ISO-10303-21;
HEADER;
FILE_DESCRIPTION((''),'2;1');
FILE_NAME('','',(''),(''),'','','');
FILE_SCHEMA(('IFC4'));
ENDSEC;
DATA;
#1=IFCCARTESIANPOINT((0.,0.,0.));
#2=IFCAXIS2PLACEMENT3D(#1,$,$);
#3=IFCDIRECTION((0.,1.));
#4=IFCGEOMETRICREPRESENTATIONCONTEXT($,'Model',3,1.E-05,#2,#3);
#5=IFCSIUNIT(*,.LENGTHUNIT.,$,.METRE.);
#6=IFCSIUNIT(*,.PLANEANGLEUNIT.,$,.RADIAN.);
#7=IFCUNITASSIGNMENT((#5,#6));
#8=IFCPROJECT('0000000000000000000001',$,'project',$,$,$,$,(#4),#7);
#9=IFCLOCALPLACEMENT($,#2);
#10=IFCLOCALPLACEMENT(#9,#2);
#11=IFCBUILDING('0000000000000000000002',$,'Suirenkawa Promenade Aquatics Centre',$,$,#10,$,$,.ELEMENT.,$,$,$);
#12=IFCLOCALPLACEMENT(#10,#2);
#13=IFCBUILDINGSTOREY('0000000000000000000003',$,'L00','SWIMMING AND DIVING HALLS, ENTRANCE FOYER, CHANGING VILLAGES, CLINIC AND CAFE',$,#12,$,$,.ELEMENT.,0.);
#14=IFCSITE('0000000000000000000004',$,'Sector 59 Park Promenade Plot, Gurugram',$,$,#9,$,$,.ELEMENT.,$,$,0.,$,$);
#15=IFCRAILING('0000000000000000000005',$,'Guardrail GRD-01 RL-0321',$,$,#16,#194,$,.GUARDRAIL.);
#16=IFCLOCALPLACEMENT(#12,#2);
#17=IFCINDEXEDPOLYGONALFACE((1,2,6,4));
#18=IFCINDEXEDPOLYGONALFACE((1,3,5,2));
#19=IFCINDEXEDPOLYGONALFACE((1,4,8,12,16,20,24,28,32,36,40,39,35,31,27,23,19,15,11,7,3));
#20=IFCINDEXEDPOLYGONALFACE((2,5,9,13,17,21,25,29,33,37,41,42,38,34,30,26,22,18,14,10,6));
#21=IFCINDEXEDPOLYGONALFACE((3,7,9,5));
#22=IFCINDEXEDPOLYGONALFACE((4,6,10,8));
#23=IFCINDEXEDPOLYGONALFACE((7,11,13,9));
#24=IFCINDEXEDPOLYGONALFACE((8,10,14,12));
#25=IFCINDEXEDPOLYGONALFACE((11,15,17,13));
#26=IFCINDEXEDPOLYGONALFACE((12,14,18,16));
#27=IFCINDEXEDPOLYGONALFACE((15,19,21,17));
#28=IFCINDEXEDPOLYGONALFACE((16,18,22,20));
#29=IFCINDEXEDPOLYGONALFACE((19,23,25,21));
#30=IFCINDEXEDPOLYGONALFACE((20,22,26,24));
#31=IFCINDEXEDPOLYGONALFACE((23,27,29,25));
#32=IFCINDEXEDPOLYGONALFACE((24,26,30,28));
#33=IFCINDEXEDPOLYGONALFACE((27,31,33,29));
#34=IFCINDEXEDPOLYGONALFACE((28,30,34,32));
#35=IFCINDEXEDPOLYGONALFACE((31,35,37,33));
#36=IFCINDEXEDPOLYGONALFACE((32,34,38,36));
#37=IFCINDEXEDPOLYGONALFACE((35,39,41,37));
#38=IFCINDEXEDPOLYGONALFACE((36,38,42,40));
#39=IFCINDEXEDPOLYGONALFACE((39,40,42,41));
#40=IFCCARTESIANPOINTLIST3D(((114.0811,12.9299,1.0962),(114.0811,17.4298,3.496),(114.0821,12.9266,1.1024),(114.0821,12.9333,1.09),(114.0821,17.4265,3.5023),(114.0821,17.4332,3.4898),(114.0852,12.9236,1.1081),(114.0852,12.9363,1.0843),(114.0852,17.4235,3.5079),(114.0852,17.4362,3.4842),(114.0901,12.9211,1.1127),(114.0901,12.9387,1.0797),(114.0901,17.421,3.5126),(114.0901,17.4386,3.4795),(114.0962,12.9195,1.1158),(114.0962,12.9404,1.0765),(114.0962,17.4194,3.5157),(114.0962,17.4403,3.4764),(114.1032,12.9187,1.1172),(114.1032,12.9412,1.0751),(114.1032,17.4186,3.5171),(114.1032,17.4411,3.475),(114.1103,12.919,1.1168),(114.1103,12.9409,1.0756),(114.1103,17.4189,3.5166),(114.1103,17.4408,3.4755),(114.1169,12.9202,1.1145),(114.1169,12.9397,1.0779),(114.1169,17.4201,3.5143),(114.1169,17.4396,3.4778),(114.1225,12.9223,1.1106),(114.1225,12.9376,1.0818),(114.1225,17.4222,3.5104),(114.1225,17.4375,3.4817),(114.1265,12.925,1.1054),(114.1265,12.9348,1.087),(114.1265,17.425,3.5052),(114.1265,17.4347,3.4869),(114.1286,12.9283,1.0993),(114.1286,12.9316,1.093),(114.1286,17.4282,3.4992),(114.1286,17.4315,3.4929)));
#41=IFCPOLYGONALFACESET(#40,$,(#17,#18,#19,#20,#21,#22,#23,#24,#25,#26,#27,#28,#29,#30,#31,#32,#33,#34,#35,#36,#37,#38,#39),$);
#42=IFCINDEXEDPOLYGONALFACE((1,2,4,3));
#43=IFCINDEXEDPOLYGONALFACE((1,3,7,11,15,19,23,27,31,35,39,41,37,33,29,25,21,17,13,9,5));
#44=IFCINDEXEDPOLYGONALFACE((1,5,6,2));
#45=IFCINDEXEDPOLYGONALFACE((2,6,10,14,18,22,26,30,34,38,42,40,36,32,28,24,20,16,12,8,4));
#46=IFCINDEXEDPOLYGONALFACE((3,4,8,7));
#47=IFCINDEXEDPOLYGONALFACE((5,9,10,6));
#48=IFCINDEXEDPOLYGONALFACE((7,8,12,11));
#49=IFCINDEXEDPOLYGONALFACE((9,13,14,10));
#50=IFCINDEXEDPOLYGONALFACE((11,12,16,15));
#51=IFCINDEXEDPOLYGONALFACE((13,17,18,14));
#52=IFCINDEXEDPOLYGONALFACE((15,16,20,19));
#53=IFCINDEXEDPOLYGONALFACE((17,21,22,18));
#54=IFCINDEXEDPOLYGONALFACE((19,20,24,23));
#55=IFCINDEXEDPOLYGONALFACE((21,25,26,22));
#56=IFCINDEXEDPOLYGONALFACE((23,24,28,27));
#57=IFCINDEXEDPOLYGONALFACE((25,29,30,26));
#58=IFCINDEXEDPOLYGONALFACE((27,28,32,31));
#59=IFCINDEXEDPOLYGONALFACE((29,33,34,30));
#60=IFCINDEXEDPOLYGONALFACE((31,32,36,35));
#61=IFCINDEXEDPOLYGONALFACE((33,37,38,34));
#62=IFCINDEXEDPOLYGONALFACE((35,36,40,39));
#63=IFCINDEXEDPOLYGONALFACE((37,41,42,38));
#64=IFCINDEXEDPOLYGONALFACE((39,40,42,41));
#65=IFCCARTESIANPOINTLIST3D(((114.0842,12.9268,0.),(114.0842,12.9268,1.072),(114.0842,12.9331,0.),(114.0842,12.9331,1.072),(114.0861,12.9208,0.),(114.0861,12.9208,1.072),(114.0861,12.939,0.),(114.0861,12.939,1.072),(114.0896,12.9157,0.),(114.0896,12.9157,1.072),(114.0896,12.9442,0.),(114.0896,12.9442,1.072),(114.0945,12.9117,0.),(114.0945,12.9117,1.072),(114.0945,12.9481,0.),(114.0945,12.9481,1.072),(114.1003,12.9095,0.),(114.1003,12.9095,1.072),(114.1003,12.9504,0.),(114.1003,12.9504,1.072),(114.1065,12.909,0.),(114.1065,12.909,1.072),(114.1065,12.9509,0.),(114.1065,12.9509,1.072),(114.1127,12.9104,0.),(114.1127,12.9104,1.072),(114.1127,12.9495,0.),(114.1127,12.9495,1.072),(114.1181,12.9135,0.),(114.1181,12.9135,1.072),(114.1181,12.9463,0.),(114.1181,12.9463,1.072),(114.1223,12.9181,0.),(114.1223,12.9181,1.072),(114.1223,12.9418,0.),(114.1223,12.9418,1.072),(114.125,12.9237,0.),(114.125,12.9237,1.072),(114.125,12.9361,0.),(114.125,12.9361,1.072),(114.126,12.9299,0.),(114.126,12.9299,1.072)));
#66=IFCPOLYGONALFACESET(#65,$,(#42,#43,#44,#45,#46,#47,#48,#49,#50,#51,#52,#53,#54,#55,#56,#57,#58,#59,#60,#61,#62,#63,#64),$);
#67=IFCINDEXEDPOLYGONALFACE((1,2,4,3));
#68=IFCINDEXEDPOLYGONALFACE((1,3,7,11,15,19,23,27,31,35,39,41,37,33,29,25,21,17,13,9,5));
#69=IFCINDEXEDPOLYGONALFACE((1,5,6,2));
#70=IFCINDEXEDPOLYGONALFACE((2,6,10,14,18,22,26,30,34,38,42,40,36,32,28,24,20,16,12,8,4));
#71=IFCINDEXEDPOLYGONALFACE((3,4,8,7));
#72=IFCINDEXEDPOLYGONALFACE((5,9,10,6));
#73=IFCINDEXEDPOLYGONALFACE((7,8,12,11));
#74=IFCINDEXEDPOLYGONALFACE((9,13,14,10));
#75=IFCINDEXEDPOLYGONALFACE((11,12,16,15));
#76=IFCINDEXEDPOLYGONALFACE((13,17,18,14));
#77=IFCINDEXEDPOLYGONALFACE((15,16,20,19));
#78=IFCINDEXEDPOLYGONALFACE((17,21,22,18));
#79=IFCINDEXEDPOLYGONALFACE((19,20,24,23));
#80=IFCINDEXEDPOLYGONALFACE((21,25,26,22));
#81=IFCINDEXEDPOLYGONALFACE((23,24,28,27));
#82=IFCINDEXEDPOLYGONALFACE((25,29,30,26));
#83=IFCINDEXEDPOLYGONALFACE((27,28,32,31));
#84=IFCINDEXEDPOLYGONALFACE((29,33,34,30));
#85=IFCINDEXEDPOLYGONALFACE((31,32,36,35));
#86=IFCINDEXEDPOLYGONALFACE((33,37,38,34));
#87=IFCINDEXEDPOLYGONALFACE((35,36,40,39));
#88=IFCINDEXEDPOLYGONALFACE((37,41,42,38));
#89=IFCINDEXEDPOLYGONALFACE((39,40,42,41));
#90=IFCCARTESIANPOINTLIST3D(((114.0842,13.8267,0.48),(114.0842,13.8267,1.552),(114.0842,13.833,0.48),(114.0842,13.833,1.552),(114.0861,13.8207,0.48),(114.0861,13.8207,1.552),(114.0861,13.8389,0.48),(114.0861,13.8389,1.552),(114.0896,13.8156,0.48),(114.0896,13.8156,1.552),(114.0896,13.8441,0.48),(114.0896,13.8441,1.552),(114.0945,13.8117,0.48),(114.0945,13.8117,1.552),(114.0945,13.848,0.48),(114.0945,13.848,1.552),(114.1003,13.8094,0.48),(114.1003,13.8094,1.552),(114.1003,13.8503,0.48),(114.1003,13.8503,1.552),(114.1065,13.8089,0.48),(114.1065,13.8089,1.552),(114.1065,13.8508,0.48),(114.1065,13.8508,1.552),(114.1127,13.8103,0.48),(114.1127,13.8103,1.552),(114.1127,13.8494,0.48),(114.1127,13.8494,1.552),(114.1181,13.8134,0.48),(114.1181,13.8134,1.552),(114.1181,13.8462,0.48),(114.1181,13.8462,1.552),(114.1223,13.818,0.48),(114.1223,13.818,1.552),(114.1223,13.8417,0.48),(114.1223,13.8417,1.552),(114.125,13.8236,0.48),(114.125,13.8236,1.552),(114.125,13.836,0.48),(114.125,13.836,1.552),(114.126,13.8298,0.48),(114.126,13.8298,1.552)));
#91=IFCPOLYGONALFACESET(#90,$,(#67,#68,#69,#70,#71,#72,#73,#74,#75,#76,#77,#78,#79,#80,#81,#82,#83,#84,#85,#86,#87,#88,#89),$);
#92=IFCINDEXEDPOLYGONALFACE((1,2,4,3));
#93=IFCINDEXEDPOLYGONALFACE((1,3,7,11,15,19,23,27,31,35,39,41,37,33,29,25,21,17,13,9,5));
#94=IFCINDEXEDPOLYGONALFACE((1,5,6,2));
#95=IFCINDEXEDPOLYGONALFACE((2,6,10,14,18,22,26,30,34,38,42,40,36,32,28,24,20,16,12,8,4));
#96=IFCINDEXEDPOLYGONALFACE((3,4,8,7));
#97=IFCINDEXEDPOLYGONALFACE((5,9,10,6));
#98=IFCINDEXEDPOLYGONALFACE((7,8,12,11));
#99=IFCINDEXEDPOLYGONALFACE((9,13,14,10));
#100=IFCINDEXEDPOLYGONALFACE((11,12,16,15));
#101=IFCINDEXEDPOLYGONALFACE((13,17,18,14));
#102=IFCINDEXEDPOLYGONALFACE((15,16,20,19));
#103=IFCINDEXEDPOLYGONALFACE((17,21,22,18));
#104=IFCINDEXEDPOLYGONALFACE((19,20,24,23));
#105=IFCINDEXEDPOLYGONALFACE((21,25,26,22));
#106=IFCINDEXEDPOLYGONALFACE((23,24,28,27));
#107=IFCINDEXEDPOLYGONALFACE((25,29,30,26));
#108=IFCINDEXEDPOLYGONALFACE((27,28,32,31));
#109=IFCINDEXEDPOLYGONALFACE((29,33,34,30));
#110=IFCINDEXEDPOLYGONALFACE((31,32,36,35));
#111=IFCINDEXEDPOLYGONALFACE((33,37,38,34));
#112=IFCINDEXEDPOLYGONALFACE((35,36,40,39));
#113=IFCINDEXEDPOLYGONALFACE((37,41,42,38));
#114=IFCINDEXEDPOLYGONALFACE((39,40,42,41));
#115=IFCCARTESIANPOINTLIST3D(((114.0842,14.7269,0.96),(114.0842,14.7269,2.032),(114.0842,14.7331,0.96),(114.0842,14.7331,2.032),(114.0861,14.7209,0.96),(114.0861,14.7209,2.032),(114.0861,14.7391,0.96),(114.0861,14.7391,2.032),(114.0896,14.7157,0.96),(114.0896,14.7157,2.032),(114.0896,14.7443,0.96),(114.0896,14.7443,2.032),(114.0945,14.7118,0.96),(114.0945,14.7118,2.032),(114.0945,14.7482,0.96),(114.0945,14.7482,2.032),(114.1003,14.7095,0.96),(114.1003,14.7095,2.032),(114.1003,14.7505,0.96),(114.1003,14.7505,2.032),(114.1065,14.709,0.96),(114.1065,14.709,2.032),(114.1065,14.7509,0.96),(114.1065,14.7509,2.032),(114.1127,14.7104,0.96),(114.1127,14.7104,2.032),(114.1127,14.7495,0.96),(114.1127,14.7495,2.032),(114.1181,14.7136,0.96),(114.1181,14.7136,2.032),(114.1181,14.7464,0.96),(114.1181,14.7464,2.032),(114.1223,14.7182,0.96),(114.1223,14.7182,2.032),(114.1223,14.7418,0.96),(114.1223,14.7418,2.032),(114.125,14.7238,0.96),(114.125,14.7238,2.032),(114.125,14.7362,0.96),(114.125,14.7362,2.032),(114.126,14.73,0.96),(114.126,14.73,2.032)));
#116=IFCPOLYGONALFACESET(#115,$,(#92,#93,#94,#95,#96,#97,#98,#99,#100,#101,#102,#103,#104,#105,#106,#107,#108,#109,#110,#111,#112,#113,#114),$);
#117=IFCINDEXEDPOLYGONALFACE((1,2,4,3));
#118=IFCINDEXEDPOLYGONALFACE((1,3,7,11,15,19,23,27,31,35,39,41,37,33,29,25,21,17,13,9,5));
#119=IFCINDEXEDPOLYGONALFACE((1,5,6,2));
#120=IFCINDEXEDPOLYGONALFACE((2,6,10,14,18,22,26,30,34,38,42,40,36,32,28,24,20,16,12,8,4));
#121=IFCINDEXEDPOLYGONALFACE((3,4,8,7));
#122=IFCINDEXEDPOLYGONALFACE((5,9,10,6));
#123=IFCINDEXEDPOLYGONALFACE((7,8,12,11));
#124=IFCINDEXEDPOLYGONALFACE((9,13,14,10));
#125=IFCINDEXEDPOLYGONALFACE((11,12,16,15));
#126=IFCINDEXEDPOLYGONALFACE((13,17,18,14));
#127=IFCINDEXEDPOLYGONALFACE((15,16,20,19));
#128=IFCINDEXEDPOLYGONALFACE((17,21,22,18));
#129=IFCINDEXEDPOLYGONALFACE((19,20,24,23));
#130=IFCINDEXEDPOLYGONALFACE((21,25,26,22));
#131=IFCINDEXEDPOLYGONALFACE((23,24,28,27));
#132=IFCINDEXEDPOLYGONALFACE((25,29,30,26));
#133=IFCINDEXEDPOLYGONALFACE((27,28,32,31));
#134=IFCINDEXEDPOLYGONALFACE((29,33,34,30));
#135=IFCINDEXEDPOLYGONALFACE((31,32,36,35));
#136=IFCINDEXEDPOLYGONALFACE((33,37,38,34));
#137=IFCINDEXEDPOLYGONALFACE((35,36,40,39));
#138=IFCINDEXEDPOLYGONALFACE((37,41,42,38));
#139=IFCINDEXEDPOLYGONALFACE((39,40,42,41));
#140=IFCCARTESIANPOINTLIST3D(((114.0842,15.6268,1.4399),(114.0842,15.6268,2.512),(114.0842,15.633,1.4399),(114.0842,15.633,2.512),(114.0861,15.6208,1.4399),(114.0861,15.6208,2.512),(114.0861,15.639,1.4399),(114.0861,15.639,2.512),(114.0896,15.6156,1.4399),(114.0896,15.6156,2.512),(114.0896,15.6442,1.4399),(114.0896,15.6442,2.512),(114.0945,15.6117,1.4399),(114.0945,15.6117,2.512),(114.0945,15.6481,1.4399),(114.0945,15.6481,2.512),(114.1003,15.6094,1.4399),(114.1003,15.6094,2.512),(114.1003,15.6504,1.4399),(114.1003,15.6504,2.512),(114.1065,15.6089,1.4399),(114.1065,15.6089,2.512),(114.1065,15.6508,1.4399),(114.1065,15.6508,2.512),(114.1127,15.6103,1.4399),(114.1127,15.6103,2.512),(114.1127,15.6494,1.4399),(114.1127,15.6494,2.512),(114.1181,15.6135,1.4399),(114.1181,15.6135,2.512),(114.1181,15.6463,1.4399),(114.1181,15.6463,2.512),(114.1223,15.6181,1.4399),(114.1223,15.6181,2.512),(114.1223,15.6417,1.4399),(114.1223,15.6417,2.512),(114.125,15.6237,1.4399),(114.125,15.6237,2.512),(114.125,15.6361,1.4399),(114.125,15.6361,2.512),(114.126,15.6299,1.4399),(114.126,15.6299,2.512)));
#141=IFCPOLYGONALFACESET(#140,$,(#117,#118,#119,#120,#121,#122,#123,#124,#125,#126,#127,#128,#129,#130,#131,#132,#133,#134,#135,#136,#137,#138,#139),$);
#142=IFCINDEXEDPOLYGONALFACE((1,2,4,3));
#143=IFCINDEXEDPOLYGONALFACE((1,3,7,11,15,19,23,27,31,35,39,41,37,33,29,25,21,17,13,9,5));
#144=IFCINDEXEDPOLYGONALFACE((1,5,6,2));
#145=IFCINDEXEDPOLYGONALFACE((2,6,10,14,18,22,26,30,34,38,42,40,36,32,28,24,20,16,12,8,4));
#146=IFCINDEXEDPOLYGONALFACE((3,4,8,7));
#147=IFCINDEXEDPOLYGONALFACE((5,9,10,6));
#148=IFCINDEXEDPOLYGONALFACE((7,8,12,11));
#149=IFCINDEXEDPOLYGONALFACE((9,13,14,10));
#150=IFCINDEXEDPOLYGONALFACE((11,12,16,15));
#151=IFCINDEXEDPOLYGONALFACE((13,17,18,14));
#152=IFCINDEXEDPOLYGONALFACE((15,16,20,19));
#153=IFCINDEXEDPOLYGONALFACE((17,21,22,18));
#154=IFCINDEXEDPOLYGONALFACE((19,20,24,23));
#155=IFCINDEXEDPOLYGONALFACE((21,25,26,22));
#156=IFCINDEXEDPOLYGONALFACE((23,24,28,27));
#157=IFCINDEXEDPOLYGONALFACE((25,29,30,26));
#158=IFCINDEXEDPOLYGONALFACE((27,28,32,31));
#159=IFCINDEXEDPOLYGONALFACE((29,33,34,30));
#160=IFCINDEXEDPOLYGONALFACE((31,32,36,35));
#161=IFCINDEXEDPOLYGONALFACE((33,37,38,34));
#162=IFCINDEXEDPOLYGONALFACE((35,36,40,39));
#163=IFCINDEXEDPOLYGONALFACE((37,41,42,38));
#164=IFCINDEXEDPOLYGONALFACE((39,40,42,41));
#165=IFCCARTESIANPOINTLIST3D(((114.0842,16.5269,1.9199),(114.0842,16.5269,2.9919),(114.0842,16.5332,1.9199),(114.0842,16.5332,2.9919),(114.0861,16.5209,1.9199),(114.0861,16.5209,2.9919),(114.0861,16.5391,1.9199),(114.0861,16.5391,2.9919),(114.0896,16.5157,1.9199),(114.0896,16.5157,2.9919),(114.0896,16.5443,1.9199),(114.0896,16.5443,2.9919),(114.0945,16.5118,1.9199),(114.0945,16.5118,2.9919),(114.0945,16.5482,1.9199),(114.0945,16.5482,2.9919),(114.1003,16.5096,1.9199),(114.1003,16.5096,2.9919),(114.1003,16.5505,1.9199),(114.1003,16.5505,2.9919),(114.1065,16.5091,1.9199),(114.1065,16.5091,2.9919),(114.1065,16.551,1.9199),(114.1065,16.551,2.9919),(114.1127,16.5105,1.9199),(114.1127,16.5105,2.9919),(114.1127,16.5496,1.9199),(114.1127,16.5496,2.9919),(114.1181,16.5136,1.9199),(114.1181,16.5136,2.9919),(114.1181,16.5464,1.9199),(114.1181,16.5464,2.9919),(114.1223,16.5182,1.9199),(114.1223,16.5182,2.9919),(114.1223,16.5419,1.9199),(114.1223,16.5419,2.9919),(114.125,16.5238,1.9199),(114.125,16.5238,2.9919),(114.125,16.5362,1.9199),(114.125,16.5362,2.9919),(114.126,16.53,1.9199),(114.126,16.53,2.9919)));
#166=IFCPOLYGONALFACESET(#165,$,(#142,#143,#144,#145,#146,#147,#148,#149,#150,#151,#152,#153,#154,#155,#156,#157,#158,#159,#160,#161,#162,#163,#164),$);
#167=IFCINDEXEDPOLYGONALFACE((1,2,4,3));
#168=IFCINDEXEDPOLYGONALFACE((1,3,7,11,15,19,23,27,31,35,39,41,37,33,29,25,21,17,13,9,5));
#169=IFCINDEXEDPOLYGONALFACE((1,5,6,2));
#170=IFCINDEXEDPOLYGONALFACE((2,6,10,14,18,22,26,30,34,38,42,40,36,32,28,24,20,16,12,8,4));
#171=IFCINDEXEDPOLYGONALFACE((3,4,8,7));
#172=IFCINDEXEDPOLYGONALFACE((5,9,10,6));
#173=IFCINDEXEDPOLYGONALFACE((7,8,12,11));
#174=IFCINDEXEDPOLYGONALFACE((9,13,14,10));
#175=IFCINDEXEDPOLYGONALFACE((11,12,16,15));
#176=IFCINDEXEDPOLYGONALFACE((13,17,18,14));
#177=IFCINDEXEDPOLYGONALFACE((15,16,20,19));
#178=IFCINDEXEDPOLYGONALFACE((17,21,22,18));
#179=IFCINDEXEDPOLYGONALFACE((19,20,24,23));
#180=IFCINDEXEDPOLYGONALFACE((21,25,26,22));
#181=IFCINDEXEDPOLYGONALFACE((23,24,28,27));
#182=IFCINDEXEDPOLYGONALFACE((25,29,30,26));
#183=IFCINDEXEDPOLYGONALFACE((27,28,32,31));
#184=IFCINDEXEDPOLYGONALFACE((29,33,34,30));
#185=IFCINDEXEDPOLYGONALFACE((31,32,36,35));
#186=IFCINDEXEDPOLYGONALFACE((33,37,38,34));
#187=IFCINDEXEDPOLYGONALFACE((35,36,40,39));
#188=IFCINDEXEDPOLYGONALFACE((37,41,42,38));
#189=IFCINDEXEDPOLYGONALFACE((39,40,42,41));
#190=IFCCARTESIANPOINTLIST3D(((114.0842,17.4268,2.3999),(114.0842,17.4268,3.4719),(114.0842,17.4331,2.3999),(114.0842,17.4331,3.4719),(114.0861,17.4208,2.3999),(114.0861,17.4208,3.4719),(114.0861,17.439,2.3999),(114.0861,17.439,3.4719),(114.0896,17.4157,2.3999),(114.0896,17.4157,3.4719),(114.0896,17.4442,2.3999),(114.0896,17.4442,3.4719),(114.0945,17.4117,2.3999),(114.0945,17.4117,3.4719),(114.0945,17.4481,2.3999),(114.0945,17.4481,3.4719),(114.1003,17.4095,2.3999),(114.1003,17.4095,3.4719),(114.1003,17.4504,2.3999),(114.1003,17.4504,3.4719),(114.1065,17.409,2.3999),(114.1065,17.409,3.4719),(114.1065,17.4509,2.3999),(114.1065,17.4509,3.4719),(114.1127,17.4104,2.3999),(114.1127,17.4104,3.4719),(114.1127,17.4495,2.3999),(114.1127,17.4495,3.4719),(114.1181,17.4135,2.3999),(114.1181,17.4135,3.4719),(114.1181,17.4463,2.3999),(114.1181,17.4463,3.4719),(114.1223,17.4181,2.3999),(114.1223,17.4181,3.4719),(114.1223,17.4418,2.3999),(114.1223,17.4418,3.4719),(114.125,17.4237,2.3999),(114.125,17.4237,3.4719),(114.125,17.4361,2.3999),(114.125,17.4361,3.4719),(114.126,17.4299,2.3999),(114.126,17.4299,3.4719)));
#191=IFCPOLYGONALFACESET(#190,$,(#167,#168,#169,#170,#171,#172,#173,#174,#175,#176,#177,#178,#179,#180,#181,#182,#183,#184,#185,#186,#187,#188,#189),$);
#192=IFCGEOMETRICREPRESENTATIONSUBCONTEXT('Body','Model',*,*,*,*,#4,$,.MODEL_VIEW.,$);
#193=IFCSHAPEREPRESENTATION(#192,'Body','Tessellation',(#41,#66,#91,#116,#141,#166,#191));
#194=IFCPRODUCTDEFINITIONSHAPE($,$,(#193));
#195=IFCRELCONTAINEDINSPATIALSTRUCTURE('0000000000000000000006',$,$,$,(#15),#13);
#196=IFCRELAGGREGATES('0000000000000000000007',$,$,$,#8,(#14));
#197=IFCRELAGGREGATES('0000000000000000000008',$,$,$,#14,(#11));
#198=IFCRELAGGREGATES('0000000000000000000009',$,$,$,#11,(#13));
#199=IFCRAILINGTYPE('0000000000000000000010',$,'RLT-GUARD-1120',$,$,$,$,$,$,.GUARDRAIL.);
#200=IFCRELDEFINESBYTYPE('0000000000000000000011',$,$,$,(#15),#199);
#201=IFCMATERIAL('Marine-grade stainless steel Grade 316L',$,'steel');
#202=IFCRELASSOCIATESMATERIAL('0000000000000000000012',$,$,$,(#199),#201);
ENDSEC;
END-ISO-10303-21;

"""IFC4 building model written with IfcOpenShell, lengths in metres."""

from ifc_helpers import new_model, si_unit, direction, frame, origin, origin_2d, place, context, subcontext, project, spatial, circle, extrude, material, type_object, element, save


model = new_model("IFC4")

# Units and contexts
model_context = context("Model", 3, precision=1e-05, world=origin(), true_north=direction((0.0, 1.0)))
body_context = subcontext(model_context, "Body", "Model", "MODEL_VIEW")
ifc_project = project(units=[si_unit("LENGTHUNIT", "METRE"), si_unit("PLANEANGLEUNIT", "RADIAN")], contexts=[model_context])

# Site, building, storey
site_placement = place(None, origin())
site = spatial("IfcSite", under=ifc_project, at=site_placement, Name="Sector 59 Park Promenade Plot, Gurugram", CompositionType="ELEMENT", RefElevation=0.0)
building_placement = place(site_placement, origin())
building = spatial("IfcBuilding", under=site, at=building_placement, Name="Suirenkawa Promenade Aquatics Centre", CompositionType="ELEMENT")
storey_placement = place(building_placement, origin())
storey = spatial("IfcBuildingStorey", under=building, at=storey_placement, Name="L00", Description="SWIMMING AND DIVING HALLS, ENTRANCE FOYER, CHANGING VILLAGES, CLINIC AND CAFE", CompositionType="ELEMENT", Elevation=0.0)

# Railing
ifc_material_1 = material(Name="Marine-grade stainless steel Grade 316L", Category="steel")
railing_type_1 = type_object("IfcRailingType", Name="RLT-GUARD-1120", PredefinedType="GUARDRAIL", material=ifc_material_1)
for number, where, name in (
    (1, (114.105, 12.9299, 0.0), "Guardrail GRD-01 RL-0321"),
):
    element("IfcRailing", number, at=place(storey_placement, frame(where)), inside=storey, type_object=railing_type_1, Name=name, PredefinedType="GUARDRAIL", context=body_context, shape_type="SweptSolid", body=[
        extrude(circle(Radius=0.0239, at=origin_2d()), frame((0.0, 0.0, 1.0962), z_axis=(0.0, 0.882361, 0.470573), x_axis=(-1.0, 0.0, 0.0)), (0.0, 0.0, 1.0), 5.0999),
        extrude(circle(Radius=0.021, at=origin_2d()), origin(), (0.0, 0.0, 1.0), 1.072),
        extrude(circle(Radius=0.021, at=origin_2d()), frame((0.0, 0.8999, 0.48)), (0.0, 0.0, 1.0), 1.072),
        extrude(circle(Radius=0.021, at=origin_2d()), frame((0.0, 1.8, 0.96)), (0.0, 0.0, 1.0), 1.072),
        extrude(circle(Radius=0.021, at=origin_2d()), frame((0.0, 2.7, 1.4399)), (0.0, 0.0, 1.0), 1.072),
        extrude(circle(Radius=0.021, at=origin_2d()), frame((0.0, 3.6001, 1.9199)), (0.0, 0.0, 1.0), 1.072),
        extrude(circle(Radius=0.021, at=origin_2d()), frame((0.0, 4.5, 2.3999)), (0.0, 0.0, 1.0), 1.072),
    ])

save(model, "model.ifc")
